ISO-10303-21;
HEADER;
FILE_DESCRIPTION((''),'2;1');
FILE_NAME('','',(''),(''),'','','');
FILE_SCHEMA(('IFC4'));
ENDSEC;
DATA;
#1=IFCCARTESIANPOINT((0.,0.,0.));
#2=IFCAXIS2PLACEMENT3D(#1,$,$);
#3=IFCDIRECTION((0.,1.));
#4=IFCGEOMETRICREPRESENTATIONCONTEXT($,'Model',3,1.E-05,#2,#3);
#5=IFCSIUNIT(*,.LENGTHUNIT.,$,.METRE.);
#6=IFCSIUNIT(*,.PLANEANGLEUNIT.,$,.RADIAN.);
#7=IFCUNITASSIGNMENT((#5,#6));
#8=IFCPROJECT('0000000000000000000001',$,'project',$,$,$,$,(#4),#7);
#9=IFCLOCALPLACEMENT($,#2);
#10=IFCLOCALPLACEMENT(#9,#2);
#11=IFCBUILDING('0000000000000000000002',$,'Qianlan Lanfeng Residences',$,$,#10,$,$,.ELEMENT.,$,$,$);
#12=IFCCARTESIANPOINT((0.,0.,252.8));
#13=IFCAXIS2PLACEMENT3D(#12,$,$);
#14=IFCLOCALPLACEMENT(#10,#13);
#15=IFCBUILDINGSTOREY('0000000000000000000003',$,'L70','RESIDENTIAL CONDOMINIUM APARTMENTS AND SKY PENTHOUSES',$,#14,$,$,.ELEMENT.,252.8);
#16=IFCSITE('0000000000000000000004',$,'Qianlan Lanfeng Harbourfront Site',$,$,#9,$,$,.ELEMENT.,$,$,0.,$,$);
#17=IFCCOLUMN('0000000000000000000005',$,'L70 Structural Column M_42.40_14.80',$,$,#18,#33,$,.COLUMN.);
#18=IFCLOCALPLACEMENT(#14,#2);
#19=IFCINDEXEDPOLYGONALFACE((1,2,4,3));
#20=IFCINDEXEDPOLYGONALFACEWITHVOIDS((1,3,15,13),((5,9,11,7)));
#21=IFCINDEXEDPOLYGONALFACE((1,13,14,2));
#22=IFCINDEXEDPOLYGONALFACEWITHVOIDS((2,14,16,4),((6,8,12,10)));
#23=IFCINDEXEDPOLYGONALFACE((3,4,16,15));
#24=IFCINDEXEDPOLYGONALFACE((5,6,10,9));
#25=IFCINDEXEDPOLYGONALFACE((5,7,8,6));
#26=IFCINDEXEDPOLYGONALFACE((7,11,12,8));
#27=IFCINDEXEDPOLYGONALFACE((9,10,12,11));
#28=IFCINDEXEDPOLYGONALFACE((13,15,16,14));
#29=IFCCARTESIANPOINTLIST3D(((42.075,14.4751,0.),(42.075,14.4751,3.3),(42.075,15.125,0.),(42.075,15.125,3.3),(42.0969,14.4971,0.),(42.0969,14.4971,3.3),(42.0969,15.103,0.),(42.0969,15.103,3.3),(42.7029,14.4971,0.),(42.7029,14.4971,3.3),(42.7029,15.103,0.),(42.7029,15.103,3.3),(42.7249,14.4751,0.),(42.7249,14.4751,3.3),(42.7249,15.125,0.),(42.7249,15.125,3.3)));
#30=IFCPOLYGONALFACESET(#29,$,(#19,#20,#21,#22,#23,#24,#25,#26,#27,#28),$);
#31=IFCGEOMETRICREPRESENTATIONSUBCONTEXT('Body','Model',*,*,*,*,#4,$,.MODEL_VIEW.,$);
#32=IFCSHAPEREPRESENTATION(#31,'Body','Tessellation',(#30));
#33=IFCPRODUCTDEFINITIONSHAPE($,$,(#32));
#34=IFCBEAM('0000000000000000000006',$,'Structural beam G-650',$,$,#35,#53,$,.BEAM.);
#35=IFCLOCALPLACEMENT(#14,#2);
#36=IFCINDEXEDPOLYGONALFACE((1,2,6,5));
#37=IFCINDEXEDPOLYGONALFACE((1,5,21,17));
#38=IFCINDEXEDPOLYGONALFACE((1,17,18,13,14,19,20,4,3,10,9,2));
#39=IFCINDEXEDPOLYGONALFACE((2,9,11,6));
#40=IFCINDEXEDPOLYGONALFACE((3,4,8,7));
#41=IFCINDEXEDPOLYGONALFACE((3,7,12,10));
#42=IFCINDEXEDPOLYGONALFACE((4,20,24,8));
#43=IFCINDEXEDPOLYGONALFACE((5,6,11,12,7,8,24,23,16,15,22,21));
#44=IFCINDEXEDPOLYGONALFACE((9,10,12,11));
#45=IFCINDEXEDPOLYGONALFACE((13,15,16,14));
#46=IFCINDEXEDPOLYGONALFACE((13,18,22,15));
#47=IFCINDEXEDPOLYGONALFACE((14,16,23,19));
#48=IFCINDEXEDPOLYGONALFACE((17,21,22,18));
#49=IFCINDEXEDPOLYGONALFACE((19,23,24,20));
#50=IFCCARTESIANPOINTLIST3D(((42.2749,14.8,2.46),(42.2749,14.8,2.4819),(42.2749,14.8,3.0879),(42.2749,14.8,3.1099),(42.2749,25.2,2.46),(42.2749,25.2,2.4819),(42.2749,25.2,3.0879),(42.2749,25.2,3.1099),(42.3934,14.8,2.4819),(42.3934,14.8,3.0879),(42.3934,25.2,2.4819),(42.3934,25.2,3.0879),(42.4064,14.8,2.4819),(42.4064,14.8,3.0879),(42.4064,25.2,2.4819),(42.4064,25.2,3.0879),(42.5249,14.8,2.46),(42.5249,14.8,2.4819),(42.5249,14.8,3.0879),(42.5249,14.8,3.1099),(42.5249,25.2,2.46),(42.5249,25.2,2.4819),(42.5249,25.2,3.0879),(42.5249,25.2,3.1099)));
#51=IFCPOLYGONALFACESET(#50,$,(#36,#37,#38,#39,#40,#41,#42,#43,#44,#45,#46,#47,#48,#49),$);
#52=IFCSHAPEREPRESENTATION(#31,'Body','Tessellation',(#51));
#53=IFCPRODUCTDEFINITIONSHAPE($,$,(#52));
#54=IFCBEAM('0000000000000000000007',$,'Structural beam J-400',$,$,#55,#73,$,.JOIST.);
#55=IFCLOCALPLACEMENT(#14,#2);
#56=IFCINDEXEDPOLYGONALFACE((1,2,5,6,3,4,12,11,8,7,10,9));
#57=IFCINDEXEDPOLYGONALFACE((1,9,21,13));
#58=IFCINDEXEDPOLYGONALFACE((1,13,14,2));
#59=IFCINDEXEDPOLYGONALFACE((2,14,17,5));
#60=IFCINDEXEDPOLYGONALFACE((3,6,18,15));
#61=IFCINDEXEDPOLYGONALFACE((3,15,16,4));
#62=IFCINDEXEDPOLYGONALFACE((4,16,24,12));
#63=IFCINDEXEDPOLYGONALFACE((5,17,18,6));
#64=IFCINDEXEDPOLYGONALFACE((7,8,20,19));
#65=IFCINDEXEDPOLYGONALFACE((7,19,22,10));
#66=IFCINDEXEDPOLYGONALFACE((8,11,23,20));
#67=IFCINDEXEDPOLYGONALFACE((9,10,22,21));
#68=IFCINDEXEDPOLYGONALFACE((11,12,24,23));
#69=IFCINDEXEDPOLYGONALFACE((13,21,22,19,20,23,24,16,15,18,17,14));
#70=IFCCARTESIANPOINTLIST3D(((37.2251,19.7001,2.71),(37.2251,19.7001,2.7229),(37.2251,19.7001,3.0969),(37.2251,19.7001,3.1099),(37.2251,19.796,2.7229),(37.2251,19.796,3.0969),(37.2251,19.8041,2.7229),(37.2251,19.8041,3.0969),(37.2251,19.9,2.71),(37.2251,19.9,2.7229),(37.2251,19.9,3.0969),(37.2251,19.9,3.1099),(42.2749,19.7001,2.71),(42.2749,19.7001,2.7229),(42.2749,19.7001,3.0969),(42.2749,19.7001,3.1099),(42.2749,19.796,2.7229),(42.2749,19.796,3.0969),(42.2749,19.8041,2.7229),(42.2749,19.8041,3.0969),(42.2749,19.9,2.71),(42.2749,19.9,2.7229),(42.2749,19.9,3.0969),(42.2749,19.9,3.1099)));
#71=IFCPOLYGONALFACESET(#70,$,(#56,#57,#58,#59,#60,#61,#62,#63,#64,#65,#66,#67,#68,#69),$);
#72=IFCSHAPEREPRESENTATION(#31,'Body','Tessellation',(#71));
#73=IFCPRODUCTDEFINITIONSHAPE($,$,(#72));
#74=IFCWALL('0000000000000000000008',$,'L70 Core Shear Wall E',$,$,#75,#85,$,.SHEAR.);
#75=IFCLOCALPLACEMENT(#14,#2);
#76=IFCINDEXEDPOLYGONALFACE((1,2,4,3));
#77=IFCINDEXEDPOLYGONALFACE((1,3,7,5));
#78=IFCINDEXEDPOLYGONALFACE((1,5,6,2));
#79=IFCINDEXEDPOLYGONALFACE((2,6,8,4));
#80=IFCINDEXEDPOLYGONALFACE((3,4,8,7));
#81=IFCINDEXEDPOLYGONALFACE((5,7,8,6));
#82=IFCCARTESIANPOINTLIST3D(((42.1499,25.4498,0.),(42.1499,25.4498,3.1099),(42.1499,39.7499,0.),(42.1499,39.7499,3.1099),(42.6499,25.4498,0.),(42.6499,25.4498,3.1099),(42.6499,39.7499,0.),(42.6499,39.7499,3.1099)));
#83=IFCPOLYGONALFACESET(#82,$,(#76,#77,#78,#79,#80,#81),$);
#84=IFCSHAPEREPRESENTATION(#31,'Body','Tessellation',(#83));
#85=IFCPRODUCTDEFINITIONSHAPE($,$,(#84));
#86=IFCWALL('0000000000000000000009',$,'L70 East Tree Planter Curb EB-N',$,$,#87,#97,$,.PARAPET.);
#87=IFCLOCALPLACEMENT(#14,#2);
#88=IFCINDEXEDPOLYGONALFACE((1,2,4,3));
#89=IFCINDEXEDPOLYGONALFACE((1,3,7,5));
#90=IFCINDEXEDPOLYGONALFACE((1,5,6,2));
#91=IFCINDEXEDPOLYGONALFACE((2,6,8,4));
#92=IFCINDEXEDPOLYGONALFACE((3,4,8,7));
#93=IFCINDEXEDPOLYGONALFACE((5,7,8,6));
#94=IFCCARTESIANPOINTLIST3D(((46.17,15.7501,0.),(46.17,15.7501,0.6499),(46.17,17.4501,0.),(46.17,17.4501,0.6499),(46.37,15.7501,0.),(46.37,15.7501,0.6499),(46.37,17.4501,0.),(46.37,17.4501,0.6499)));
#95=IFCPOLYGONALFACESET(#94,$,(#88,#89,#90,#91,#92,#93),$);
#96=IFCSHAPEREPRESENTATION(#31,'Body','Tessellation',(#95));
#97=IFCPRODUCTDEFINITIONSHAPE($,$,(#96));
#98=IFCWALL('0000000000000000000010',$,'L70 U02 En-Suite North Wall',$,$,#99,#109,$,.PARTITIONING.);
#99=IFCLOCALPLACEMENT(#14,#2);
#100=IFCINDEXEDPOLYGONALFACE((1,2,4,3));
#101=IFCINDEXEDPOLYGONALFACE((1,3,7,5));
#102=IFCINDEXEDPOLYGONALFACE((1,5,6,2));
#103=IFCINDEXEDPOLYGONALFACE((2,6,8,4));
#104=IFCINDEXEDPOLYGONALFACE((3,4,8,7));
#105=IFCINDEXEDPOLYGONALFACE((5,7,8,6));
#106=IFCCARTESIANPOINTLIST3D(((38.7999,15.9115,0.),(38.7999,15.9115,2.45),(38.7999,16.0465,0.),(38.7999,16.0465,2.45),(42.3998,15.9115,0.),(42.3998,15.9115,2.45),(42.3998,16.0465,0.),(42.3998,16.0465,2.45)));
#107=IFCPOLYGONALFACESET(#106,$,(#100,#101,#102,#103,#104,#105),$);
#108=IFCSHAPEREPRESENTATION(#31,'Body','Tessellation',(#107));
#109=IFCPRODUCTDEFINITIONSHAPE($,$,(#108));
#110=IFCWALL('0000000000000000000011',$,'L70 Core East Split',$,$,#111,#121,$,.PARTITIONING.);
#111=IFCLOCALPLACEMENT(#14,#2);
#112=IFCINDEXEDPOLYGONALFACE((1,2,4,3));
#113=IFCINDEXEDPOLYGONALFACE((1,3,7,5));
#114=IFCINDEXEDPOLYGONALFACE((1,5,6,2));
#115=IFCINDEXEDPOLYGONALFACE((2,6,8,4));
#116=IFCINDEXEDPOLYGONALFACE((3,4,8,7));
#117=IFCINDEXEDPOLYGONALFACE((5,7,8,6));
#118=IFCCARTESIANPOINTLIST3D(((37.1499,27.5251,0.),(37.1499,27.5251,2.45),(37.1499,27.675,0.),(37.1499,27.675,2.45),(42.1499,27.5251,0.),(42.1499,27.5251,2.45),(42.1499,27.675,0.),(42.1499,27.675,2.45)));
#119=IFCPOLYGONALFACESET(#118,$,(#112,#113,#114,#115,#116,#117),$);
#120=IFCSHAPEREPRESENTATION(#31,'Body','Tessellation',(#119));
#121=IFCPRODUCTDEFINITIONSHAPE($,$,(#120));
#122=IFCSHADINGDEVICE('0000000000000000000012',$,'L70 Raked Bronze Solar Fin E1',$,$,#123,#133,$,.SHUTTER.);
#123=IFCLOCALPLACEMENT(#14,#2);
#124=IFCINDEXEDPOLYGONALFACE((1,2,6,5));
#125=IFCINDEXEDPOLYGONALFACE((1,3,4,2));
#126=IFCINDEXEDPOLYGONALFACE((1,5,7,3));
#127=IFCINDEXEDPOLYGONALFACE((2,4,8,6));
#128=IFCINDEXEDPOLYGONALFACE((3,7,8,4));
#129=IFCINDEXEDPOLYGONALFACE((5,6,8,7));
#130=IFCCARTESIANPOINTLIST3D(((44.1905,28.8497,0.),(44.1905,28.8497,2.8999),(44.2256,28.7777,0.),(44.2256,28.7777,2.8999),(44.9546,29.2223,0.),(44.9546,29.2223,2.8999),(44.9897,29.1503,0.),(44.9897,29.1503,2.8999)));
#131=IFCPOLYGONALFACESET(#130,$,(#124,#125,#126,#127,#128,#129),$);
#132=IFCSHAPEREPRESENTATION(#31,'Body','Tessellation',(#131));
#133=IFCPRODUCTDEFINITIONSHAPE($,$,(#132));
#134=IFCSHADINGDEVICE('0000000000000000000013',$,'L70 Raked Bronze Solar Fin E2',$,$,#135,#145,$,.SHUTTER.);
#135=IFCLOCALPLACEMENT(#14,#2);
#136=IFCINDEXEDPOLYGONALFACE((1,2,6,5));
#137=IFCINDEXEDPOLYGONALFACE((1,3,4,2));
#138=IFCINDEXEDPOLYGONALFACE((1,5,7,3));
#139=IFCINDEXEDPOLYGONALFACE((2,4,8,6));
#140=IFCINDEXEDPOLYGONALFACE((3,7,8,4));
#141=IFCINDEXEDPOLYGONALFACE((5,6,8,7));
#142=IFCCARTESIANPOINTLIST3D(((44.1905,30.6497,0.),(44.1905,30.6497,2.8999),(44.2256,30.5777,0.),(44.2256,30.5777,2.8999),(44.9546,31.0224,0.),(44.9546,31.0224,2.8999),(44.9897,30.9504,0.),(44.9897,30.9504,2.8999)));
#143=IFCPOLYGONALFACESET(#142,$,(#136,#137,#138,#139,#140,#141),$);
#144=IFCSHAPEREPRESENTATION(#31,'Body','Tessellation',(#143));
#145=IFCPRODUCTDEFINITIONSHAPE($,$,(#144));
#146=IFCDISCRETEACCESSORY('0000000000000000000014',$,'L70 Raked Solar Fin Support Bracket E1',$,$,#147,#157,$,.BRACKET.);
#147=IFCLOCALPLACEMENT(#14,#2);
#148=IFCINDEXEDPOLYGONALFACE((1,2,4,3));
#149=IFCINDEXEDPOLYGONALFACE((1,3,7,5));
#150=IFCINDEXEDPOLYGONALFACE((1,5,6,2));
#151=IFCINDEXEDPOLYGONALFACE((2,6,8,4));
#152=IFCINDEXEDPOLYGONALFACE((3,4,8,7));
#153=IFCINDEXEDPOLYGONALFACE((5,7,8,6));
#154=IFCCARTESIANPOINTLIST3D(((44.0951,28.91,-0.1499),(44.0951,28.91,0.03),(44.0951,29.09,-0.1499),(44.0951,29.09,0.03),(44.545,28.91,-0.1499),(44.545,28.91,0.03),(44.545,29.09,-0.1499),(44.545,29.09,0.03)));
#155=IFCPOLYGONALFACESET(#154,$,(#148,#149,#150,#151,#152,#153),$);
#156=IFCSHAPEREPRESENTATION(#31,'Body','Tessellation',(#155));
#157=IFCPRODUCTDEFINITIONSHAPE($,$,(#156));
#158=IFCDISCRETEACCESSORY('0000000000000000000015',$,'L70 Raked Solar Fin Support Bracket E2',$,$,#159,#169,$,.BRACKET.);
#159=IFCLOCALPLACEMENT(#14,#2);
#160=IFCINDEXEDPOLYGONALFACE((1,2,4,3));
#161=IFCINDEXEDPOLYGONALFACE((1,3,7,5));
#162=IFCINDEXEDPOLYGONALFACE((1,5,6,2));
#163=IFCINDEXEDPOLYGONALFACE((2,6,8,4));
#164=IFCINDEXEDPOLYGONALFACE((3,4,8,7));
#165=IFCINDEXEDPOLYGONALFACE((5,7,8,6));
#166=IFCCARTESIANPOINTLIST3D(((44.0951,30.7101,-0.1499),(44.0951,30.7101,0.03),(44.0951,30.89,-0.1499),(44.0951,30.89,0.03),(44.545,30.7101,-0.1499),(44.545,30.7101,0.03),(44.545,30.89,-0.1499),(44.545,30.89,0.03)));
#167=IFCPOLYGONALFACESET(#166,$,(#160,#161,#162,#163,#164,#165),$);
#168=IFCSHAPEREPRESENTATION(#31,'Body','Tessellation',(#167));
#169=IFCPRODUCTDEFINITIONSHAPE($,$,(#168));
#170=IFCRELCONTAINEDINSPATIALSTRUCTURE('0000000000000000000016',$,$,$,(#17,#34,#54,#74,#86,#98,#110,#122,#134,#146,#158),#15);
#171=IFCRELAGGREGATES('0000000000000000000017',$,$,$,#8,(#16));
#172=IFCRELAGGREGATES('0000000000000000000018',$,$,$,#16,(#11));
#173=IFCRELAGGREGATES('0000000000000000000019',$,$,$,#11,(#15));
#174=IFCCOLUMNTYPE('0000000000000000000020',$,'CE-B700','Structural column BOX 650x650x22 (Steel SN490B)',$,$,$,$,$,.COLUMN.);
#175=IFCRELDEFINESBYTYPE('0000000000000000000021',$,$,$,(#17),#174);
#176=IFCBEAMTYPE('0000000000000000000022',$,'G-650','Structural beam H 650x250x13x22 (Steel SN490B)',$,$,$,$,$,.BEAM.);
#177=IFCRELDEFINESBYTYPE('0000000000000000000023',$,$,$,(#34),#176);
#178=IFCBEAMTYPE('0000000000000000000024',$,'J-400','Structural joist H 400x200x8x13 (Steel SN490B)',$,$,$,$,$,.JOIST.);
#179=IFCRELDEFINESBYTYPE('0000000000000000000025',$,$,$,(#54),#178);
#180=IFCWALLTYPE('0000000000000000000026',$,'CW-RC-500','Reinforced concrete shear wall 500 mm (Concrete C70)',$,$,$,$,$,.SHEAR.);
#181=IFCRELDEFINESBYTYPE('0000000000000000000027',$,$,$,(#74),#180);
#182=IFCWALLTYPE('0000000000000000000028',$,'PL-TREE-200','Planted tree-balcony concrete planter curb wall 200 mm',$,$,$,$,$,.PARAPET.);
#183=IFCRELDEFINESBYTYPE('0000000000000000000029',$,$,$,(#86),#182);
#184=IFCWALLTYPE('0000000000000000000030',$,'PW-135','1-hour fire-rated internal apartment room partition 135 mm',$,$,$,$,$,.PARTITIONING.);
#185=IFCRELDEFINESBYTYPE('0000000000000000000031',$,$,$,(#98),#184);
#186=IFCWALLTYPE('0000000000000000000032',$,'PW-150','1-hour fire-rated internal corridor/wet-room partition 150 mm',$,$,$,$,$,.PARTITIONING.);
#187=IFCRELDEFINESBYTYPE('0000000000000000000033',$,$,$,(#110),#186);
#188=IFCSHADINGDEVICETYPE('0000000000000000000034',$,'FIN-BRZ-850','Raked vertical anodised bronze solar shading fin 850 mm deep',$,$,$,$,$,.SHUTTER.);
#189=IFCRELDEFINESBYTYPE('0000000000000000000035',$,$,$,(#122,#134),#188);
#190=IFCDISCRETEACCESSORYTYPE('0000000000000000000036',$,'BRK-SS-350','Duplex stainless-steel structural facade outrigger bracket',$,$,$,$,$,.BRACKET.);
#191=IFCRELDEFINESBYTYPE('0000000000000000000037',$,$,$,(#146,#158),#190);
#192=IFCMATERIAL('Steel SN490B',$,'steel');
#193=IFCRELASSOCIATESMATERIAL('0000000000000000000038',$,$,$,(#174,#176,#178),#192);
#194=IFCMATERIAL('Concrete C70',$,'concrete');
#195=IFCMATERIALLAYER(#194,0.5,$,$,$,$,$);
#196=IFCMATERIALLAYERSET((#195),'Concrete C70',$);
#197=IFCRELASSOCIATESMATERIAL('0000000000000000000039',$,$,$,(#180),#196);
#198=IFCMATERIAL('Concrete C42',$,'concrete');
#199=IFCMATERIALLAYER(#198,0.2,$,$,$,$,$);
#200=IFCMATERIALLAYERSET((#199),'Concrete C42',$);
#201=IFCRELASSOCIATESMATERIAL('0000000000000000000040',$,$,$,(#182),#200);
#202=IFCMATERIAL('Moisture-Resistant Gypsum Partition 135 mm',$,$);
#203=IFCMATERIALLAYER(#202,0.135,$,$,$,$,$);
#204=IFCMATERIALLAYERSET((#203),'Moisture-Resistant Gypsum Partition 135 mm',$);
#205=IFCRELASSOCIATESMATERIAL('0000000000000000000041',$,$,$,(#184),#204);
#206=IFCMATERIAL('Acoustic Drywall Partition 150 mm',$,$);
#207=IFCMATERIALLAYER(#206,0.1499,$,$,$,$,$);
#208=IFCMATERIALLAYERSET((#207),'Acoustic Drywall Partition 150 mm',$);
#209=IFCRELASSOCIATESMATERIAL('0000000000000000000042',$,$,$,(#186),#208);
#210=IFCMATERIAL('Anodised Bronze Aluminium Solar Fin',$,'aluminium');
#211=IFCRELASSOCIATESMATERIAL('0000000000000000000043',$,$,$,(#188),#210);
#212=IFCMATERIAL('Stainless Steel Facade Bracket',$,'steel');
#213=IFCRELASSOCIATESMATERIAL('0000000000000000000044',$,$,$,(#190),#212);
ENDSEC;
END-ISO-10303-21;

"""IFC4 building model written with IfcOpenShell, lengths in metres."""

from ifc_helpers import new_model, si_unit, direction, frame, frame_2d, origin, origin_2d, place, context, subcontext, project, spatial, rectangle, hollow_rectangle, i_section, extrude, source, transform, mapped, material, layer, layer_set, material_profile, profile_set, type_object, element, save


model = new_model("IFC4")

# Units and contexts
model_context = context("Model", 3, precision=1e-05, world=origin(), true_north=direction((0.0, 1.0)))
body_context = subcontext(model_context, "Body", "Model", "MODEL_VIEW")
ifc_project = project(units=[si_unit("LENGTHUNIT", "METRE"), si_unit("PLANEANGLEUNIT", "RADIAN")], contexts=[model_context])

# Site, building, storey
site_placement = place(None, origin())
site = spatial("IfcSite", under=ifc_project, at=site_placement, Name="Qianlan Lanfeng Harbourfront Site", CompositionType="ELEMENT", RefElevation=0.0)
building_placement = place(site_placement, origin())
building = spatial("IfcBuilding", under=site, at=building_placement, Name="Qianlan Lanfeng Residences", CompositionType="ELEMENT")
storey_placement = place(building_placement, frame((0.0, 0.0, 252.8)))
storey = spatial("IfcBuildingStorey", under=building, at=storey_placement, Name="L70", Description="RESIDENTIAL CONDOMINIUM APARTMENTS AND SKY PENTHOUSES", CompositionType="ELEMENT", Elevation=252.8)

# Column
ifc_material_1 = material(Name="Steel SN490B", Category="steel")
ifc_material_profile_1 = material_profile(ifc_material_1, hollow_rectangle(XDim=0.6499, YDim=0.6499, WallThickness=0.022, at=origin_2d()), Name="BOX 650x650x22")
ifc_profile_set_1 = profile_set([ifc_material_profile_1], Name="Steel SN490B")
column_type = type_object("IfcColumnType", Name="CE-B700", Description="Structural column BOX 650x650x22 (Steel SN490B)", PredefinedType="COLUMN", material=ifc_profile_set_1)
column_placement = place(storey_placement, frame((42.3999, 14.8, 0.0), z_axis=(0.0, 0.0, 1.0), x_axis=(1.0, 0.0, 0.0)))
element("IfcColumn", 1, at=column_placement, inside=storey, type_object=column_type, Name="L70 Structural Column M_42.40_14.80", PredefinedType="COLUMN", context=body_context, shape_type="SweptSolid", body=[
    extrude(hollow_rectangle(XDim=0.6499, YDim=0.6499, WallThickness=0.022, at=origin_2d()), origin(), (0.0, 0.0, 1.0), 3.3),
])

# Beams
ifc_material_profile_2 = material_profile(ifc_material_1, i_section(OverallWidth=0.25, OverallDepth=0.6499, WebThickness=0.0129, FlangeThickness=0.022, at=origin_2d()), Name="H 650x250x13x22")
ifc_profile_set_2 = profile_set([ifc_material_profile_2], Name="Steel SN490B")
beam_type_1 = type_object("IfcBeamType", Name="G-650", Description="Structural beam H 650x250x13x22 (Steel SN490B)", PredefinedType="BEAM", material=ifc_profile_set_2)
beam_1_placement = place(storey_placement, frame((42.3999, 14.8, 2.7849), z_axis=(0.0, 1.0, 0.0), x_axis=(-1.0, 0.0, 0.0)))
element("IfcBeam", 2, at=beam_1_placement, inside=storey, type_object=beam_type_1, Name="Structural beam G-650", PredefinedType="BEAM", context=body_context, shape_type="SweptSolid", body=[
    extrude(i_section(OverallWidth=0.25, OverallDepth=0.6499, WebThickness=0.0129, FlangeThickness=0.022, at=origin_2d()), origin(), (0.0, 0.0, 1.0), 10.3999),
])
ifc_material_profile_3 = material_profile(ifc_material_1, i_section(OverallWidth=0.2, OverallDepth=0.3999, WebThickness=0.0081, FlangeThickness=0.0129, at=origin_2d()), Name="H 400x200x8x13")
ifc_profile_set_3 = profile_set([ifc_material_profile_3], Name="Steel SN490B")
beam_type_2 = type_object("IfcBeamType", Name="J-400", Description="Structural joist H 400x200x8x13 (Steel SN490B)", PredefinedType="JOIST", material=ifc_profile_set_3)
beam_2_placement = place(storey_placement, frame((37.2251, 19.8, 2.9099), z_axis=(1.0, 0.0, 0.0), x_axis=(0.0, 1.0, 0.0)))
element("IfcBeam", 3, at=beam_2_placement, inside=storey, type_object=beam_type_2, Name="Structural beam J-400", PredefinedType="JOIST", context=body_context, shape_type="SweptSolid", body=[
    extrude(i_section(OverallWidth=0.2, OverallDepth=0.3999, WebThickness=0.0081, FlangeThickness=0.0129, at=origin_2d()), origin(), (0.0, 0.0, 1.0), 5.0498),
])

# Walls
ifc_material_2 = material(Name="Concrete C70", Category="concrete")
ifc_layer_1 = layer(ifc_material_2, 0.5)
ifc_layer_set_1 = layer_set([ifc_layer_1], Name="Concrete C70")
wall_type_1 = type_object("IfcWallType", Name="CW-RC-500", Description="Reinforced concrete shear wall 500 mm (Concrete C70)", PredefinedType="SHEAR", material=ifc_layer_set_1)
wall_1_placement = place(storey_placement, frame((42.3999, 25.45, 0.0), z_axis=(0.0, 0.0, 1.0), x_axis=(0.0, 1.0, 0.0)))
element("IfcWall", 4, at=wall_1_placement, inside=storey, type_object=wall_type_1, Name="L70 Core Shear Wall E", PredefinedType="SHEAR", context=body_context, shape_type="SweptSolid", body=[
    extrude(rectangle(XDim=14.3, YDim=0.5, at=frame_2d((7.1499, 0.0))), origin(), (0.0, 0.0, 1.0), 3.1099),
])
ifc_material_3 = material(Name="Concrete C42", Category="concrete")
ifc_layer_2 = layer(ifc_material_3, 0.2)
ifc_layer_set_2 = layer_set([ifc_layer_2], Name="Concrete C42")
wall_type_2 = type_object("IfcWallType", Name="PL-TREE-200", Description="Planted tree-balcony concrete planter curb wall 200 mm", PredefinedType="PARAPET", material=ifc_layer_set_2)
wall_2_placement = place(storey_placement, frame((46.27, 15.75, 0.0), z_axis=(0.0, 0.0, 1.0), x_axis=(0.0, 1.0, 0.0)))
element("IfcWall", 5, at=wall_2_placement, inside=storey, type_object=wall_type_2, Name="L70 East Tree Planter Curb EB-N", PredefinedType="PARAPET", context=body_context, shape_type="SweptSolid", body=[
    extrude(rectangle(XDim=1.7, YDim=0.2, at=frame_2d((0.8501, 0.0))), origin(), (0.0, 0.0, 1.0), 0.6499),
])

# Wall
ifc_material_4 = material(Name="Moisture-Resistant Gypsum Partition 135 mm")
ifc_layer_3 = layer(ifc_material_4, 0.135)
ifc_layer_set_3 = layer_set([ifc_layer_3], Name="Moisture-Resistant Gypsum Partition 135 mm")
wall_type_3 = type_object("IfcWallType", Name="PW-135", Description="1-hour fire-rated internal apartment room partition 135 mm", PredefinedType="PARTITIONING", material=ifc_layer_set_3)
wall_3_placement = place(storey_placement, frame((38.8, 15.979, 0.0), z_axis=(0.0, 0.0, 1.0), x_axis=(1.0, 0.0, 0.0)))
element("IfcWall", 6, at=wall_3_placement, inside=storey, type_object=wall_type_3, Name="L70 U02 En-Suite North Wall", PredefinedType="PARTITIONING", context=body_context, shape_type="SweptSolid", body=[
    extrude(rectangle(XDim=3.5999, YDim=0.135, at=frame_2d((1.7998, 0.0))), origin(), (0.0, 0.0, 1.0), 2.45),
])

# Wall
ifc_material_5 = material(Name="Acoustic Drywall Partition 150 mm")
ifc_layer_4 = layer(ifc_material_5, 0.1499)
ifc_layer_set_4 = layer_set([ifc_layer_4], Name="Acoustic Drywall Partition 150 mm")
wall_type_4 = type_object("IfcWallType", Name="PW-150", Description="1-hour fire-rated internal corridor/wet-room partition 150 mm", PredefinedType="PARTITIONING", material=ifc_layer_set_4)
wall_4_placement = place(storey_placement, frame((37.1499, 27.6001, 0.0), z_axis=(0.0, 0.0, 1.0), x_axis=(1.0, 0.0, 0.0)))
element("IfcWall", 7, at=wall_4_placement, inside=storey, type_object=wall_type_4, Name="L70 Core East Split", PredefinedType="PARTITIONING", context=body_context, shape_type="SweptSolid", body=[
    extrude(rectangle(XDim=5.0, YDim=0.1499, at=frame_2d((2.5, 0.0))), origin(), (0.0, 0.0, 1.0), 2.45),
])

# Shading devices
ifc_material_6 = material(Name="Anodised Bronze Aluminium Solar Fin", Category="aluminium")
shading_device_type = type_object("IfcShadingDeviceType", Name="FIN-BRZ-850", Description="Raked vertical anodised bronze solar shading fin 850 mm deep", PredefinedType="SHUTTER", material=ifc_material_6)
shared_shape_1 = source(origin(), body_context, "Body", "SweptSolid", [
    extrude(rectangle(XDim=0.8501, YDim=0.0801, at=origin_2d()), origin(), (0.0, 0.0, 1.0), 2.8999),
])
for number, where, z_axis, x_axis, name in (
    (8, (44.5901, 29.0, 0.0), (0.0, 0.0, 1.0), (0.898794, 0.438371, 0.0), "L70 Raked Bronze Solar Fin E1"),
    (9, (44.5901, 30.8, 0.0), (0.0, 0.0, 1.0), (0.898794, 0.438371, 0.0), "L70 Raked Bronze Solar Fin E2"),
):
    element("IfcShadingDevice", number, at=place(storey_placement, frame(where, z_axis=z_axis, x_axis=x_axis)), inside=storey, type_object=shading_device_type, Name=name, PredefinedType="SHUTTER", context=body_context, shape_type="MappedRepresentation", body=[
        mapped(shared_shape_1, transform((0.0, 0.0, 0.0), scale=1.0)),
    ])

# Discrete accessories
ifc_material_7 = material(Name="Stainless Steel Facade Bracket", Category="steel")
discrete_accessory_type = type_object("IfcDiscreteAccessoryType", Name="BRK-SS-350", Description="Duplex stainless-steel structural facade outrigger bracket", PredefinedType="BRACKET", material=ifc_material_7)
shared_shape_2 = source(origin(), body_context, "Body", "SweptSolid", [
    extrude(rectangle(XDim=0.45, YDim=0.1799, at=origin_2d()), origin(), (0.0, 0.0, 1.0), 0.1799),
])
for number, where, z_axis, x_axis, name in (
    (10, (44.3201, 29.0, -0.1499), (0.0, 0.0, 1.0), (1.0, 0.0, 0.0), "L70 Raked Solar Fin Support Bracket E1"),
    (11, (44.3201, 30.8, -0.1499), (0.0, 0.0, 1.0), (1.0, 0.0, 0.0), "L70 Raked Solar Fin Support Bracket E2"),
):
    element("IfcDiscreteAccessory", number, at=place(storey_placement, frame(where, z_axis=z_axis, x_axis=x_axis)), inside=storey, type_object=discrete_accessory_type, Name=name, PredefinedType="BRACKET", context=body_context, shape_type="MappedRepresentation", body=[
        mapped(shared_shape_2, transform((0.0, 0.0, 0.0), scale=1.0)),
    ])

save(model, "model.ifc")
